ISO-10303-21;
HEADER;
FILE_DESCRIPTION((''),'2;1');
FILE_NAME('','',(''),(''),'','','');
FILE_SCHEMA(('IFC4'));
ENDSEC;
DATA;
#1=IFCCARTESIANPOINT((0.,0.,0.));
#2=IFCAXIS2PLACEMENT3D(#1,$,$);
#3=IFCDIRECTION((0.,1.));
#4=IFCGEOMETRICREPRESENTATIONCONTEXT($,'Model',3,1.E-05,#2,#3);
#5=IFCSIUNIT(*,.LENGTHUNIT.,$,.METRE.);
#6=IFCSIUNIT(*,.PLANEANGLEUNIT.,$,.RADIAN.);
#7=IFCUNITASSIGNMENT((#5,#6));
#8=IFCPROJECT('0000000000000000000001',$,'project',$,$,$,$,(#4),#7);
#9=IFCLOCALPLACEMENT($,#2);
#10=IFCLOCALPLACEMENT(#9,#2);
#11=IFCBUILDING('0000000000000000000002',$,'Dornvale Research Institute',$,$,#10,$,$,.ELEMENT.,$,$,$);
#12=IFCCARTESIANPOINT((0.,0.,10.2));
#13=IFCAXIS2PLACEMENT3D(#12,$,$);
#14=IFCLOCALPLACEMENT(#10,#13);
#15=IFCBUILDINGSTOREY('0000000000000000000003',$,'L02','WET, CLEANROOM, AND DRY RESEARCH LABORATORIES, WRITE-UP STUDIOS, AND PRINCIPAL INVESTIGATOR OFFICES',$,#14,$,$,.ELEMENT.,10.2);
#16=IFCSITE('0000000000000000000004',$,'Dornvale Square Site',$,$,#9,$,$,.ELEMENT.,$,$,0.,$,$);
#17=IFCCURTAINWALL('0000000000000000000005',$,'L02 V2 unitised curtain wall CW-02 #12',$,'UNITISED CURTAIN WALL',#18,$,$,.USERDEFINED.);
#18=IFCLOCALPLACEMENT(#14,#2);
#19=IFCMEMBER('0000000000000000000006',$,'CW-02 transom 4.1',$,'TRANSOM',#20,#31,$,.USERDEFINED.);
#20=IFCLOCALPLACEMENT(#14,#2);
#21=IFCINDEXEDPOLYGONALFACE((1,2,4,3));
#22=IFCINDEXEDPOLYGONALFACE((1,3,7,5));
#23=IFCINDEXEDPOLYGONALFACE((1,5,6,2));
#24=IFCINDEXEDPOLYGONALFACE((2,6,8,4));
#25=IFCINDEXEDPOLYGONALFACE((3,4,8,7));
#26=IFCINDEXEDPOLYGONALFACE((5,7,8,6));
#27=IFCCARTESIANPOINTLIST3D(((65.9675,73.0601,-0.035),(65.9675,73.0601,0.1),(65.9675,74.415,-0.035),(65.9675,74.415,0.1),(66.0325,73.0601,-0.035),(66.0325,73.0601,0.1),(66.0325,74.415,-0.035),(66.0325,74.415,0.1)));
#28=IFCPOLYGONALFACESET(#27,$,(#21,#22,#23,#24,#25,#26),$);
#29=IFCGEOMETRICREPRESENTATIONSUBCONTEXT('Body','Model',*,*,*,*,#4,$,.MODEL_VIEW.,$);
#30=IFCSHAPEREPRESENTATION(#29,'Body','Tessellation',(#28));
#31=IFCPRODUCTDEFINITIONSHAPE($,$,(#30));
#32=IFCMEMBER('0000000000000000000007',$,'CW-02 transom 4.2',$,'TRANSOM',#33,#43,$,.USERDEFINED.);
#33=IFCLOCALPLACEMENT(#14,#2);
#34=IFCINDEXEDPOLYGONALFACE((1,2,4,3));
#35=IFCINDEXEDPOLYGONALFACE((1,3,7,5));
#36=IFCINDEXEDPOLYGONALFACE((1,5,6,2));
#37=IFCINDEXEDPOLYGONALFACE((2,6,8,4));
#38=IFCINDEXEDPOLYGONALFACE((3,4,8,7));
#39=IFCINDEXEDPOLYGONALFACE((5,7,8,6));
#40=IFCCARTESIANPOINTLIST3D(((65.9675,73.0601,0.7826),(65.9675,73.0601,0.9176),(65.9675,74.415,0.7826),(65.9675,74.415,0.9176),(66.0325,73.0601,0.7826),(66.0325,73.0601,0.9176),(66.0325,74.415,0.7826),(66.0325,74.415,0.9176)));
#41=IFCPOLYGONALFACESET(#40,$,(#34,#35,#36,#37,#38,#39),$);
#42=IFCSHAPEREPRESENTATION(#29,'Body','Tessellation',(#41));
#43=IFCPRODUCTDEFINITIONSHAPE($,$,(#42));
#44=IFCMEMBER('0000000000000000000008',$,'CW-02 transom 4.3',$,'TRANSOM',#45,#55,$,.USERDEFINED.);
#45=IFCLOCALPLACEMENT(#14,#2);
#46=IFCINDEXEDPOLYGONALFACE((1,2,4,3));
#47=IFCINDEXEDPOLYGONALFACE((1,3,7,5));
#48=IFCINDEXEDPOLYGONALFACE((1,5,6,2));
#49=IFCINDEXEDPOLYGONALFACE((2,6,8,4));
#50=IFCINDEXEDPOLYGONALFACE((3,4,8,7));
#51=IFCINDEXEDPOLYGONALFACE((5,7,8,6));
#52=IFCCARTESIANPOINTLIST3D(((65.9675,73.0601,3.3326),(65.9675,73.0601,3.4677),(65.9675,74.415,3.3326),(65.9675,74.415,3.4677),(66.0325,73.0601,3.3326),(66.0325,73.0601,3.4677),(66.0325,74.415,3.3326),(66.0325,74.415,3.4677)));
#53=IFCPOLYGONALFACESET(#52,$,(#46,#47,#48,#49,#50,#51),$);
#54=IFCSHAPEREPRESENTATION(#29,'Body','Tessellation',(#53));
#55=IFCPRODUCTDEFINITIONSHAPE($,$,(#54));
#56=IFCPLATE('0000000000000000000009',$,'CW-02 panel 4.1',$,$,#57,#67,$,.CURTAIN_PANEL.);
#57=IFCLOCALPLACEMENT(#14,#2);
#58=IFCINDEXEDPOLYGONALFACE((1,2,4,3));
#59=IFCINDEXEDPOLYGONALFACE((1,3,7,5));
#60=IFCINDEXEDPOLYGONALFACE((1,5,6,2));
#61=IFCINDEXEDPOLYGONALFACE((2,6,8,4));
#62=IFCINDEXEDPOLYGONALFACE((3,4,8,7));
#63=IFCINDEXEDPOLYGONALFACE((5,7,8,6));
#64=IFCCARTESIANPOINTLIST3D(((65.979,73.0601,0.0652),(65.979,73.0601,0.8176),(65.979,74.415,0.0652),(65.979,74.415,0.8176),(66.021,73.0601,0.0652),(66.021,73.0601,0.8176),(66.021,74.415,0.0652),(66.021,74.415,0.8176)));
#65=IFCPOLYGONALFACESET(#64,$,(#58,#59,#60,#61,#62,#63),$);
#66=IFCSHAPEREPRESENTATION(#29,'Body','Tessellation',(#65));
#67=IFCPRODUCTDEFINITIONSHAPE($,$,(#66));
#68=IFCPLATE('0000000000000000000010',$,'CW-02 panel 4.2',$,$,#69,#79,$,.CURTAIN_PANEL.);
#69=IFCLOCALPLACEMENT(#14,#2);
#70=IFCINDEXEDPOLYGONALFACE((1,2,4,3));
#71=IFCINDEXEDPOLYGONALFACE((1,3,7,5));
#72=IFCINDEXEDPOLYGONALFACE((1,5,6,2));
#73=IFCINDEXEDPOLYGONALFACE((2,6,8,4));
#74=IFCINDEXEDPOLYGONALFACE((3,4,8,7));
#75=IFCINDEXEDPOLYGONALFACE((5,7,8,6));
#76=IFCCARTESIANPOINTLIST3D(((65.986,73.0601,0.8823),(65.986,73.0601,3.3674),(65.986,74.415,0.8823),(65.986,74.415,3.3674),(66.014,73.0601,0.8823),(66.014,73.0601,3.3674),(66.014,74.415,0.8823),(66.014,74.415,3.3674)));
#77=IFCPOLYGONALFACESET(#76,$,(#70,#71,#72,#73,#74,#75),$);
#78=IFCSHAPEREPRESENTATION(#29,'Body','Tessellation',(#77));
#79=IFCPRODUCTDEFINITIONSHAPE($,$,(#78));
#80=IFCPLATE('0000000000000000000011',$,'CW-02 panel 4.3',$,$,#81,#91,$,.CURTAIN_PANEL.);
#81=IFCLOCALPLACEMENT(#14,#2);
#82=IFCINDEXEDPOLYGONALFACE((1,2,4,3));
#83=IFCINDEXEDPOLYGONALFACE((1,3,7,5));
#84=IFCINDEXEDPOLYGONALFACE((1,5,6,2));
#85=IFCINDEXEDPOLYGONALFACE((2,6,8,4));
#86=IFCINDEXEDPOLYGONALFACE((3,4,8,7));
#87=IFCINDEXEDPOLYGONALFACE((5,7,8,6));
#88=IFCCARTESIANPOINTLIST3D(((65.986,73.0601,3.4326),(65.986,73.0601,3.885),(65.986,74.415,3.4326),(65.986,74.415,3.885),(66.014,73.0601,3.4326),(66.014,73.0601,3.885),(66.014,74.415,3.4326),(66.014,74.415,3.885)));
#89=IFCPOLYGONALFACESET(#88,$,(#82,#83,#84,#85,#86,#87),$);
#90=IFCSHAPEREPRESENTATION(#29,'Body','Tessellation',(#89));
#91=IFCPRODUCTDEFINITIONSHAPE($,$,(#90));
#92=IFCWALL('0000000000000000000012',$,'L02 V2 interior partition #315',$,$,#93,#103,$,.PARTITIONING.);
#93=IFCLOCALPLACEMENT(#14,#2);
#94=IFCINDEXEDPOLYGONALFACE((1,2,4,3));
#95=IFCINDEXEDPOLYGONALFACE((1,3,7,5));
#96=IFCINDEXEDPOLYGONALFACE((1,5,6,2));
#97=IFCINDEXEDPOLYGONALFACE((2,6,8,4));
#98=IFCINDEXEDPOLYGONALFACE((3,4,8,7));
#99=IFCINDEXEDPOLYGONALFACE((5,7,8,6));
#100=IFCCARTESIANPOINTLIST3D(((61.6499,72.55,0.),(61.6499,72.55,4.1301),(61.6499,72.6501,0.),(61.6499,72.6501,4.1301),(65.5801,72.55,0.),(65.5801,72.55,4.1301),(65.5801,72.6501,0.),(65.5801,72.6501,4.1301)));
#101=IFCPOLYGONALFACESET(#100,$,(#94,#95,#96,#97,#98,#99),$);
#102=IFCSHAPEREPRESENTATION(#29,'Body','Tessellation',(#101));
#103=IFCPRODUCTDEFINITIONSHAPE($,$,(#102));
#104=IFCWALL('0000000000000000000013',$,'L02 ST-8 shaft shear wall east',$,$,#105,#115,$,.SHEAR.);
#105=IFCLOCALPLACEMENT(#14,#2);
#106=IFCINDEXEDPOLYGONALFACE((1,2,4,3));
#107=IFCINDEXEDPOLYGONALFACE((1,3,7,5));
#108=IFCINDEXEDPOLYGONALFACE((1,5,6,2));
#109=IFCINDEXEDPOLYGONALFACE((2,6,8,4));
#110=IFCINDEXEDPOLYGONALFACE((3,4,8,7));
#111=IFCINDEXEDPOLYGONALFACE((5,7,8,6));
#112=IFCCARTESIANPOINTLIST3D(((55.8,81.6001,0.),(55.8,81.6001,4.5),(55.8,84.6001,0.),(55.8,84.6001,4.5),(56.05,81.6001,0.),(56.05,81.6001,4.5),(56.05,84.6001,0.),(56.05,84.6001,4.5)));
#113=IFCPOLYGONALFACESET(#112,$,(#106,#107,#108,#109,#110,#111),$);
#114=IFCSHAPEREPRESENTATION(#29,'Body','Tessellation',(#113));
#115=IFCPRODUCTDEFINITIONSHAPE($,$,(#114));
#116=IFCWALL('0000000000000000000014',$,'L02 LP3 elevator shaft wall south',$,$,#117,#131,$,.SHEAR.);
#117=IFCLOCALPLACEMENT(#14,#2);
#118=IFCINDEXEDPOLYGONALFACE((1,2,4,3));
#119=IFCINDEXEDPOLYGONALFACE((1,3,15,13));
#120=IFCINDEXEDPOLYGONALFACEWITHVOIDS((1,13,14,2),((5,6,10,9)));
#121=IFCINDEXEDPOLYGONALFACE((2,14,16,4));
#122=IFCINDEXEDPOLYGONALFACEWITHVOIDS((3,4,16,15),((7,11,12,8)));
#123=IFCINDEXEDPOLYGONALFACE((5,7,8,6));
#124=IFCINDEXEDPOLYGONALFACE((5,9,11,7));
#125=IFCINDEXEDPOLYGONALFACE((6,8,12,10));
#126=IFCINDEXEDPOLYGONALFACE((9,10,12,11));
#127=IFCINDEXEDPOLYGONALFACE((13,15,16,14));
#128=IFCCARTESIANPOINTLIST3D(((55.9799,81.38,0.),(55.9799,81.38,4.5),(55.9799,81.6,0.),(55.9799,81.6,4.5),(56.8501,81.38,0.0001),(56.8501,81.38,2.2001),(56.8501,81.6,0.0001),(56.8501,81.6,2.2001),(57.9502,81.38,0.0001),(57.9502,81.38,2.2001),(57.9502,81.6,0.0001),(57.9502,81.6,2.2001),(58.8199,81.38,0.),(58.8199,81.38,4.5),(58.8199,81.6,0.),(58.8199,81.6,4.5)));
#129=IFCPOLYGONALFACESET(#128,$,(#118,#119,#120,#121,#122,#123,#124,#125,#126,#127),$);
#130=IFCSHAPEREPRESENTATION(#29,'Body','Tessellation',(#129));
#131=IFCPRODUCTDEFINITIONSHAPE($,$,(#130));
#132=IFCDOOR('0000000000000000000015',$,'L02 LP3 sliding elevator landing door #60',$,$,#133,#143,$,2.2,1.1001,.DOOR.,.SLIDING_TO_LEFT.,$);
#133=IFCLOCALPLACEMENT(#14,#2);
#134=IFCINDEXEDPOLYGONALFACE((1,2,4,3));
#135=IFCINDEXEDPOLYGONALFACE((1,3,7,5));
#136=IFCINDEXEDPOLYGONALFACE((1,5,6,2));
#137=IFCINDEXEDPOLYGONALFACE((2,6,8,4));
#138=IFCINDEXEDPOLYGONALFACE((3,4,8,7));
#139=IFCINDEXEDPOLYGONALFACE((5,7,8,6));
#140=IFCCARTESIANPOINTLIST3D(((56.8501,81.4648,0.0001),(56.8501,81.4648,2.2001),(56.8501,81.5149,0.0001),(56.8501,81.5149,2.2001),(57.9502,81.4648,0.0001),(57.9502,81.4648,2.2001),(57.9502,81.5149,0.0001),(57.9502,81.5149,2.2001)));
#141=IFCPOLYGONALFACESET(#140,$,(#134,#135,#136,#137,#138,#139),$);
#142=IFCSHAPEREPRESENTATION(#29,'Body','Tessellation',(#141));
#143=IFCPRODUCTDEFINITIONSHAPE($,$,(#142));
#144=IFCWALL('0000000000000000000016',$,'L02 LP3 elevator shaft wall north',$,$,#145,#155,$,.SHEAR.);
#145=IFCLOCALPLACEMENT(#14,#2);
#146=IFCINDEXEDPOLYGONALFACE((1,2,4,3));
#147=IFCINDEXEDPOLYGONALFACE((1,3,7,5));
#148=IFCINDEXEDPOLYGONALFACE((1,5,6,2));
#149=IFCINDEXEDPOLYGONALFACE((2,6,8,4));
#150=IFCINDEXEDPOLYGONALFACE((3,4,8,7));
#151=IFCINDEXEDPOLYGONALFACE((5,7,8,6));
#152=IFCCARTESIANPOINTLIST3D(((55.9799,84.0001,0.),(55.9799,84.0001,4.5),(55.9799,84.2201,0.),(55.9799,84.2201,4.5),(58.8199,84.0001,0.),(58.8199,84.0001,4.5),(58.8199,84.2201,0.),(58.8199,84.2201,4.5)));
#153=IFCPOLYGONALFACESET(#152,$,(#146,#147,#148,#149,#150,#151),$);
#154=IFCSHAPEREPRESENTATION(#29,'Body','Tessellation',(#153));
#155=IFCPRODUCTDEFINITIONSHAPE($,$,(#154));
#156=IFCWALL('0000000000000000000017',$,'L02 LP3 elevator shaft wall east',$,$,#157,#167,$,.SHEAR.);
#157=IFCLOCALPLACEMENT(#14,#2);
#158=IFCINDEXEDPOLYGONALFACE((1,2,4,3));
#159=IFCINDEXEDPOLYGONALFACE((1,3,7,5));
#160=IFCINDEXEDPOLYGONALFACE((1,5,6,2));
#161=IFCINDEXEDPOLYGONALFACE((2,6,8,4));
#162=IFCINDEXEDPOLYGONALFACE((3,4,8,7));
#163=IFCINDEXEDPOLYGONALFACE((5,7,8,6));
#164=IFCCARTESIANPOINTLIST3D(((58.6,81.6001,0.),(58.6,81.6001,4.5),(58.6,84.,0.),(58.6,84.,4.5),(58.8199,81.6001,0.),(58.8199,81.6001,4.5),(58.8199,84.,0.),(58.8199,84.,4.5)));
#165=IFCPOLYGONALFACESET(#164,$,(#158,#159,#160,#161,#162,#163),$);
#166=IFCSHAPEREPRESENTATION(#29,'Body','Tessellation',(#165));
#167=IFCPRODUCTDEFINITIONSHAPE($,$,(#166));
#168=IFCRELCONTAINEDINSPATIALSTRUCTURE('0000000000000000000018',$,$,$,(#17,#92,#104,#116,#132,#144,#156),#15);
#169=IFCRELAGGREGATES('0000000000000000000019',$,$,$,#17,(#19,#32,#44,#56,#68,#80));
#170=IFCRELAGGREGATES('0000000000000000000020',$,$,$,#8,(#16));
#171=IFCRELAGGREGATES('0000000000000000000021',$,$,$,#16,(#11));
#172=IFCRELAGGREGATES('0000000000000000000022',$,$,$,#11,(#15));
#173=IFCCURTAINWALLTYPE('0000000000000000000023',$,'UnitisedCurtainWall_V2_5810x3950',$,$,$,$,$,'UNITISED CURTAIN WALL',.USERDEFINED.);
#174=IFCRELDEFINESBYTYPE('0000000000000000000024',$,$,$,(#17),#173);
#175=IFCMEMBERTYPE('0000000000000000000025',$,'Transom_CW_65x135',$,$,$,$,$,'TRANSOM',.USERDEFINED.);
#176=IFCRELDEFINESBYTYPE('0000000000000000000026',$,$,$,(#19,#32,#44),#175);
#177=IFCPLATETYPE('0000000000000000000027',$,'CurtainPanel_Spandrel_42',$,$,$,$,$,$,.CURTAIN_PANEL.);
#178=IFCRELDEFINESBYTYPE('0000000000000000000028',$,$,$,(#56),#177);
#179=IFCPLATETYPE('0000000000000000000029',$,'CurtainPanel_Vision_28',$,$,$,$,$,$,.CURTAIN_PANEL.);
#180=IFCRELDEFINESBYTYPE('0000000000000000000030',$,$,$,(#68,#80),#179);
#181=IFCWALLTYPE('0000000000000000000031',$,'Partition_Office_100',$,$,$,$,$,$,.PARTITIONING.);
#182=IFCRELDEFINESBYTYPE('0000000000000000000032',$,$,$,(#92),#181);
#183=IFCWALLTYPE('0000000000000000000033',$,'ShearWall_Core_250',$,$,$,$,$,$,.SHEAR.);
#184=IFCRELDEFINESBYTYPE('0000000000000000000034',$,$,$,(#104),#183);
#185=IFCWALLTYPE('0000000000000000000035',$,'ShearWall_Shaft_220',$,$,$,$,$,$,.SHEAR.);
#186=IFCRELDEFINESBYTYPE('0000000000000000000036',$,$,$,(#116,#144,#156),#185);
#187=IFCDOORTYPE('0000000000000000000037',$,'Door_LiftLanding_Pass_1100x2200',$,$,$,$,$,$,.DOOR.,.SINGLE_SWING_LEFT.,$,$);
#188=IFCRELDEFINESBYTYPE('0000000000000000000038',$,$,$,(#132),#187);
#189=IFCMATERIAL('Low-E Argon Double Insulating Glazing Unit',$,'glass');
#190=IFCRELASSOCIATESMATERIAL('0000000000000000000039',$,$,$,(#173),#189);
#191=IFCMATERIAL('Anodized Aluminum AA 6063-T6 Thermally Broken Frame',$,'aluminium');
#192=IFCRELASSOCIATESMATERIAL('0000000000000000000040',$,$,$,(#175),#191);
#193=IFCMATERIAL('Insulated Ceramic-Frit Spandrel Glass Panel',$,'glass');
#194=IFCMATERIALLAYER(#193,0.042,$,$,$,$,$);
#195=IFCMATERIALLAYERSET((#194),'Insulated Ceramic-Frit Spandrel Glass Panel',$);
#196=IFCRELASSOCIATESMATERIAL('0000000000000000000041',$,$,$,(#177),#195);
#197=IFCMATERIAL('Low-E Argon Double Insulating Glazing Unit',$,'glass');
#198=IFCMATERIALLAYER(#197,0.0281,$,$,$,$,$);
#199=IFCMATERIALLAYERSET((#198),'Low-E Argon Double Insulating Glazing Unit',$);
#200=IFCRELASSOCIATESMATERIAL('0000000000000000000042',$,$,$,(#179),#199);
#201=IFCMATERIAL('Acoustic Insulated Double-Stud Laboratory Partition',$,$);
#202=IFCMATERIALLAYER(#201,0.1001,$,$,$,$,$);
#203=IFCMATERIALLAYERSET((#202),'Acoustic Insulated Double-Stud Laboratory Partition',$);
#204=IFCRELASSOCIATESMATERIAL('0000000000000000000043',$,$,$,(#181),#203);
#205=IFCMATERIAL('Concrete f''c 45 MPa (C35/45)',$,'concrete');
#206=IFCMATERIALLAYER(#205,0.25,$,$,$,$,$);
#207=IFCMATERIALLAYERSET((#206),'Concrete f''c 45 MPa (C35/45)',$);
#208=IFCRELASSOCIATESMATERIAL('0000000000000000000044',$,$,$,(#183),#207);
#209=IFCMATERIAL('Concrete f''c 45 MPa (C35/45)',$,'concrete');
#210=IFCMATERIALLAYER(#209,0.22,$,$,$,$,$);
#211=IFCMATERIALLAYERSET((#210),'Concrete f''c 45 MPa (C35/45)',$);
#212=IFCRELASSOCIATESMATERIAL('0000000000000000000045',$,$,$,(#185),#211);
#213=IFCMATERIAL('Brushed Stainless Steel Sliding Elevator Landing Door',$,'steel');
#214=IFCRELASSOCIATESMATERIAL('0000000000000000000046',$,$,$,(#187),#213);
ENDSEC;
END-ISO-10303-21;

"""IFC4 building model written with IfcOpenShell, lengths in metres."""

from ifc_helpers import new_model, si_unit, direction, frame, frame_2d, origin, origin_2d, place, context, subcontext, project, spatial, rectangle, extrude, material, layer, layer_set, material_profile, profile_set, type_object, element, fill, aggregate, save


model = new_model("IFC4")

# Units and contexts
model_context = context("Model", 3, precision=1e-05, world=origin(), true_north=direction((0.0, 1.0)))
body_context = subcontext(model_context, "Body", "Model", "MODEL_VIEW")
ifc_project = project(units=[si_unit("LENGTHUNIT", "METRE"), si_unit("PLANEANGLEUNIT", "RADIAN")], contexts=[model_context])

# Site, building, storey
site_placement = place(None, origin())
site = spatial("IfcSite", under=ifc_project, at=site_placement, Name="Dornvale Square Site", CompositionType="ELEMENT", RefElevation=0.0)
building_placement = place(site_placement, origin())
building = spatial("IfcBuilding", under=site, at=building_placement, Name="Dornvale Research Institute", CompositionType="ELEMENT")
storey_placement = place(building_placement, frame((0.0, 0.0, 10.2)))
storey = spatial("IfcBuildingStorey", under=building, at=storey_placement, Name="L02", Description="WET, CLEANROOM, AND DRY RESEARCH LABORATORIES, WRITE-UP STUDIOS, AND PRINCIPAL INVESTIGATOR OFFICES", CompositionType="ELEMENT", Elevation=10.2)

# Curtain wall
ifc_material_1 = material(Name="Low-E Argon Double Insulating Glazing Unit", Category="glass")
curtain_wall_type = type_object("IfcCurtainWallType", Name="UnitisedCurtainWall_V2_5810x3950", ElementType="UNITISED CURTAIN WALL", PredefinedType="USERDEFINED", material=ifc_material_1)
curtain_wall_placement = place(storey_placement, origin())
curtain_wall = element("IfcCurtainWall", 1, at=curtain_wall_placement, inside=storey, type_object=curtain_wall_type, Name="L02 V2 unitised curtain wall CW-02 #12", ObjectType="UNITISED CURTAIN WALL", PredefinedType="USERDEFINED")

# Members
ifc_material_2 = material(Name="Anodized Aluminum AA 6063-T6 Thermally Broken Frame", Category="aluminium")
ifc_material_profile_1 = material_profile(ifc_material_2, rectangle(XDim=0.0649, YDim=0.135, at=origin_2d()), Name="ALU TRANSOM 65x135")
ifc_profile_set_1 = profile_set([ifc_material_profile_1], Name="Anodized Aluminum AA 6063-T6 Thermally Broken Frame")
member_type_1 = type_object("IfcMemberType", Name="Transom_CW_65x135", ElementType="TRANSOM", PredefinedType="USERDEFINED", material=ifc_profile_set_1)
member_1_placement = place(storey_placement, frame((66.0, 74.415, 0.0325), z_axis=(0.0, -1.0, 0.0), x_axis=(1.0, 0.0, 0.0)))
member_1 = element("IfcMember", 2, at=member_1_placement, type_object=member_type_1, Name="CW-02 transom 4.1", ObjectType="TRANSOM", PredefinedType="USERDEFINED", context=body_context, shape_type="SweptSolid", body=[
    extrude(rectangle(XDim=0.0649, YDim=0.135, at=origin_2d()), origin(), (0.0, 0.0, 1.0), 1.355),
])
member_2_placement = place(storey_placement, frame((66.0, 74.415, 0.8501), z_axis=(0.0, -1.0, 0.0), x_axis=(1.0, 0.0, 0.0)))
member_2 = element("IfcMember", 3, at=member_2_placement, type_object=member_type_1, Name="CW-02 transom 4.2", ObjectType="TRANSOM", PredefinedType="USERDEFINED", context=body_context, shape_type="SweptSolid", body=[
    extrude(rectangle(XDim=0.0649, YDim=0.135, at=origin_2d()), origin(), (0.0, 0.0, 1.0), 1.355),
])
member_3_placement = place(storey_placement, frame((66.0, 74.415, 3.4001), z_axis=(0.0, -1.0, 0.0), x_axis=(1.0, 0.0, 0.0)))
member_3 = element("IfcMember", 4, at=member_3_placement, type_object=member_type_1, Name="CW-02 transom 4.3", ObjectType="TRANSOM", PredefinedType="USERDEFINED", context=body_context, shape_type="SweptSolid", body=[
    extrude(rectangle(XDim=0.0649, YDim=0.135, at=origin_2d()), origin(), (0.0, 0.0, 1.0), 1.355),
])

# Plates
ifc_material_3 = material(Name="Insulated Ceramic-Frit Spandrel Glass Panel", Category="glass")
ifc_layer_1 = layer(ifc_material_3, 0.042)
ifc_layer_set_1 = layer_set([ifc_layer_1], Name="Insulated Ceramic-Frit Spandrel Glass Panel")
plate_type_1 = type_object("IfcPlateType", Name="CurtainPanel_Spandrel_42", PredefinedType="CURTAIN_PANEL", material=ifc_layer_set_1)
plate_1_placement = place(storey_placement, frame((66.0, 73.7375, 0.0652), z_axis=(0.0, 0.0, 1.0), x_axis=(0.0, -1.0, 0.0)))
plate_1 = element("IfcPlate", 5, at=plate_1_placement, type_object=plate_type_1, Name="CW-02 panel 4.1", PredefinedType="CURTAIN_PANEL", context=body_context, shape_type="SweptSolid", body=[
    extrude(rectangle(XDim=1.355, YDim=0.042, at=origin_2d()), origin(), (0.0, 0.0, 1.0), 0.7524),
])
ifc_material_4 = material(Name="Low-E Argon Double Insulating Glazing Unit", Category="glass")
ifc_layer_2 = layer(ifc_material_4, 0.0281)
ifc_layer_set_2 = layer_set([ifc_layer_2], Name="Low-E Argon Double Insulating Glazing Unit")
plate_type_2 = type_object("IfcPlateType", Name="CurtainPanel_Vision_28", PredefinedType="CURTAIN_PANEL", material=ifc_layer_set_2)
plate_2_placement = place(storey_placement, frame((66.0, 73.7375, 0.8823), z_axis=(0.0, 0.0, 1.0), x_axis=(0.0, -1.0, 0.0)))
plate_2 = element("IfcPlate", 6, at=plate_2_placement, type_object=plate_type_2, Name="CW-02 panel 4.2", PredefinedType="CURTAIN_PANEL", context=body_context, shape_type="SweptSolid", body=[
    extrude(rectangle(XDim=1.355, YDim=0.0281, at=origin_2d()), origin(), (0.0, 0.0, 1.0), 2.4851),
])
plate_3_placement = place(storey_placement, frame((66.0, 73.7375, 3.4326), z_axis=(0.0, 0.0, 1.0), x_axis=(0.0, -1.0, 0.0)))
plate_3 = element("IfcPlate", 7, at=plate_3_placement, type_object=plate_type_2, Name="CW-02 panel 4.3", PredefinedType="CURTAIN_PANEL", context=body_context, shape_type="SweptSolid", body=[
    extrude(rectangle(XDim=1.355, YDim=0.0281, at=origin_2d()), origin(), (0.0, 0.0, 1.0), 0.4524),
])
aggregate(curtain_wall, [member_1, member_2, member_3, plate_1, plate_2, plate_3])

# Walls
ifc_material_5 = material(Name="Acoustic Insulated Double-Stud Laboratory Partition")
ifc_layer_3 = layer(ifc_material_5, 0.1001)
ifc_layer_set_3 = layer_set([ifc_layer_3], Name="Acoustic Insulated Double-Stud Laboratory Partition")
wall_type_1 = type_object("IfcWallType", Name="Partition_Office_100", PredefinedType="PARTITIONING", material=ifc_layer_set_3)
wall_1_placement = place(storey_placement, frame((61.6499, 72.6001, 0.0), z_axis=(0.0, 0.0, 1.0), x_axis=(1.0, 0.0, 0.0)))
element("IfcWall", 8, at=wall_1_placement, inside=storey, type_object=wall_type_1, Name="L02 V2 interior partition #315", PredefinedType="PARTITIONING", context=body_context, shape_type="SweptSolid", body=[
    extrude(rectangle(XDim=3.9302, YDim=0.1001, at=frame_2d((1.9651, 0.0))), origin(), (0.0, 0.0, 1.0), 4.1301),
])
ifc_material_6 = material(Name="Concrete f'c 45 MPa (C35/45)", Category="concrete")
ifc_layer_4 = layer(ifc_material_6, 0.25)
ifc_layer_set_4 = layer_set([ifc_layer_4], Name="Concrete f'c 45 MPa (C35/45)")
wall_type_2 = type_object("IfcWallType", Name="ShearWall_Core_250", PredefinedType="SHEAR", material=ifc_layer_set_4)
wall_2_placement = place(storey_placement, frame((55.925, 81.6001, 0.0), z_axis=(0.0, 0.0, 1.0), x_axis=(0.0, 1.0, 0.0)))
element("IfcWall", 9, at=wall_2_placement, inside=storey, type_object=wall_type_2, Name="L02 ST-8 shaft shear wall east", PredefinedType="SHEAR", context=body_context, shape_type="SweptSolid", body=[
    extrude(rectangle(XDim=3.0, YDim=0.25, at=frame_2d((1.5, 0.0))), origin(), (0.0, 0.0, 1.0), 4.5),
])

# Wall, opening, door
ifc_material_7 = material(Name="Concrete f'c 45 MPa (C35/45)", Category="concrete")
ifc_layer_5 = layer(ifc_material_7, 0.22)
ifc_layer_set_5 = layer_set([ifc_layer_5], Name="Concrete f'c 45 MPa (C35/45)")
wall_type_3 = type_object("IfcWallType", Name="ShearWall_Shaft_220", PredefinedType="SHEAR", material=ifc_layer_set_5)
wall_3_placement = place(storey_placement, frame((55.98, 81.49, 0.0), z_axis=(0.0, 0.0, 1.0), x_axis=(1.0, 0.0, 0.0)))
wall_3 = element("IfcWall", 10, at=wall_3_placement, inside=storey, type_object=wall_type_3, Name="L02 LP3 elevator shaft wall south", PredefinedType="SHEAR", context=body_context, shape_type="SweptSolid", body=[
    extrude(rectangle(XDim=2.8401, YDim=0.22, at=frame_2d((1.4199, 0.0))), origin(), (0.0, 0.0, 1.0), 4.5),
])
opening_1_placement = place(wall_3_placement, frame((0.8701, 0.0, 0.0)))
opening_1 = element("IfcOpeningElement", 11, at=opening_1_placement, cuts=wall_3, PredefinedType="OPENING", context=body_context, shape_type="SweptSolid", body=[
    extrude(rectangle(XDim=1.1001, YDim=2.2, at=frame_2d((0.55, 1.1001))), frame((0.0, 0.125, 0.0), z_axis=(0.0, -1.0, 0.0), x_axis=(1.0, 0.0, 0.0)), (0.0, 0.0, 1.0), 0.25),
])
ifc_material_8 = material(Name="Brushed Stainless Steel Sliding Elevator Landing Door", Category="steel")
door_type = type_object("IfcDoorType", Name="Door_LiftLanding_Pass_1100x2200", OperationType="SINGLE_SWING_LEFT", PredefinedType="DOOR", material=ifc_material_8)
door_placement = place(opening_1_placement, origin())
door = element("IfcDoor", 12, at=door_placement, inside=storey, type_object=door_type, Name="L02 LP3 sliding elevator landing door #60", OperationType="SLIDING_TO_LEFT", OverallHeight=2.2, OverallWidth=1.1001, PredefinedType="DOOR", context=body_context, shape_type="SweptSolid", body=[
    extrude(rectangle(XDim=1.1001, YDim=2.2, at=frame_2d((0.55, 1.1001))), frame((0.0, 0.0249, 0.0), z_axis=(0.0, -1.0, 0.0), x_axis=(1.0, 0.0, 0.0)), (0.0, 0.0, 1.0), 0.05),
])
fill(opening_1, door)

# Walls
wall_4_placement = place(storey_placement, frame((55.98, 84.1101, 0.0), z_axis=(0.0, 0.0, 1.0), x_axis=(1.0, 0.0, 0.0)))
element("IfcWall", 13, at=wall_4_placement, inside=storey, type_object=wall_type_3, Name="L02 LP3 elevator shaft wall north", PredefinedType="SHEAR", context=body_context, shape_type="SweptSolid", body=[
    extrude(rectangle(XDim=2.8401, YDim=0.22, at=frame_2d((1.4199, 0.0))), origin(), (0.0, 0.0, 1.0), 4.5),
])
wall_5_placement = place(storey_placement, frame((58.71, 81.6001, 0.0), z_axis=(0.0, 0.0, 1.0), x_axis=(0.0, 1.0, 0.0)))
element("IfcWall", 14, at=wall_5_placement, inside=storey, type_object=wall_type_3, Name="L02 LP3 elevator shaft wall east", PredefinedType="SHEAR", context=body_context, shape_type="SweptSolid", body=[
    extrude(rectangle(XDim=2.3999, YDim=0.22, at=frame_2d((1.2, 0.0))), origin(), (0.0, 0.0, 1.0), 4.5),
])

save(model, "model.ifc")
